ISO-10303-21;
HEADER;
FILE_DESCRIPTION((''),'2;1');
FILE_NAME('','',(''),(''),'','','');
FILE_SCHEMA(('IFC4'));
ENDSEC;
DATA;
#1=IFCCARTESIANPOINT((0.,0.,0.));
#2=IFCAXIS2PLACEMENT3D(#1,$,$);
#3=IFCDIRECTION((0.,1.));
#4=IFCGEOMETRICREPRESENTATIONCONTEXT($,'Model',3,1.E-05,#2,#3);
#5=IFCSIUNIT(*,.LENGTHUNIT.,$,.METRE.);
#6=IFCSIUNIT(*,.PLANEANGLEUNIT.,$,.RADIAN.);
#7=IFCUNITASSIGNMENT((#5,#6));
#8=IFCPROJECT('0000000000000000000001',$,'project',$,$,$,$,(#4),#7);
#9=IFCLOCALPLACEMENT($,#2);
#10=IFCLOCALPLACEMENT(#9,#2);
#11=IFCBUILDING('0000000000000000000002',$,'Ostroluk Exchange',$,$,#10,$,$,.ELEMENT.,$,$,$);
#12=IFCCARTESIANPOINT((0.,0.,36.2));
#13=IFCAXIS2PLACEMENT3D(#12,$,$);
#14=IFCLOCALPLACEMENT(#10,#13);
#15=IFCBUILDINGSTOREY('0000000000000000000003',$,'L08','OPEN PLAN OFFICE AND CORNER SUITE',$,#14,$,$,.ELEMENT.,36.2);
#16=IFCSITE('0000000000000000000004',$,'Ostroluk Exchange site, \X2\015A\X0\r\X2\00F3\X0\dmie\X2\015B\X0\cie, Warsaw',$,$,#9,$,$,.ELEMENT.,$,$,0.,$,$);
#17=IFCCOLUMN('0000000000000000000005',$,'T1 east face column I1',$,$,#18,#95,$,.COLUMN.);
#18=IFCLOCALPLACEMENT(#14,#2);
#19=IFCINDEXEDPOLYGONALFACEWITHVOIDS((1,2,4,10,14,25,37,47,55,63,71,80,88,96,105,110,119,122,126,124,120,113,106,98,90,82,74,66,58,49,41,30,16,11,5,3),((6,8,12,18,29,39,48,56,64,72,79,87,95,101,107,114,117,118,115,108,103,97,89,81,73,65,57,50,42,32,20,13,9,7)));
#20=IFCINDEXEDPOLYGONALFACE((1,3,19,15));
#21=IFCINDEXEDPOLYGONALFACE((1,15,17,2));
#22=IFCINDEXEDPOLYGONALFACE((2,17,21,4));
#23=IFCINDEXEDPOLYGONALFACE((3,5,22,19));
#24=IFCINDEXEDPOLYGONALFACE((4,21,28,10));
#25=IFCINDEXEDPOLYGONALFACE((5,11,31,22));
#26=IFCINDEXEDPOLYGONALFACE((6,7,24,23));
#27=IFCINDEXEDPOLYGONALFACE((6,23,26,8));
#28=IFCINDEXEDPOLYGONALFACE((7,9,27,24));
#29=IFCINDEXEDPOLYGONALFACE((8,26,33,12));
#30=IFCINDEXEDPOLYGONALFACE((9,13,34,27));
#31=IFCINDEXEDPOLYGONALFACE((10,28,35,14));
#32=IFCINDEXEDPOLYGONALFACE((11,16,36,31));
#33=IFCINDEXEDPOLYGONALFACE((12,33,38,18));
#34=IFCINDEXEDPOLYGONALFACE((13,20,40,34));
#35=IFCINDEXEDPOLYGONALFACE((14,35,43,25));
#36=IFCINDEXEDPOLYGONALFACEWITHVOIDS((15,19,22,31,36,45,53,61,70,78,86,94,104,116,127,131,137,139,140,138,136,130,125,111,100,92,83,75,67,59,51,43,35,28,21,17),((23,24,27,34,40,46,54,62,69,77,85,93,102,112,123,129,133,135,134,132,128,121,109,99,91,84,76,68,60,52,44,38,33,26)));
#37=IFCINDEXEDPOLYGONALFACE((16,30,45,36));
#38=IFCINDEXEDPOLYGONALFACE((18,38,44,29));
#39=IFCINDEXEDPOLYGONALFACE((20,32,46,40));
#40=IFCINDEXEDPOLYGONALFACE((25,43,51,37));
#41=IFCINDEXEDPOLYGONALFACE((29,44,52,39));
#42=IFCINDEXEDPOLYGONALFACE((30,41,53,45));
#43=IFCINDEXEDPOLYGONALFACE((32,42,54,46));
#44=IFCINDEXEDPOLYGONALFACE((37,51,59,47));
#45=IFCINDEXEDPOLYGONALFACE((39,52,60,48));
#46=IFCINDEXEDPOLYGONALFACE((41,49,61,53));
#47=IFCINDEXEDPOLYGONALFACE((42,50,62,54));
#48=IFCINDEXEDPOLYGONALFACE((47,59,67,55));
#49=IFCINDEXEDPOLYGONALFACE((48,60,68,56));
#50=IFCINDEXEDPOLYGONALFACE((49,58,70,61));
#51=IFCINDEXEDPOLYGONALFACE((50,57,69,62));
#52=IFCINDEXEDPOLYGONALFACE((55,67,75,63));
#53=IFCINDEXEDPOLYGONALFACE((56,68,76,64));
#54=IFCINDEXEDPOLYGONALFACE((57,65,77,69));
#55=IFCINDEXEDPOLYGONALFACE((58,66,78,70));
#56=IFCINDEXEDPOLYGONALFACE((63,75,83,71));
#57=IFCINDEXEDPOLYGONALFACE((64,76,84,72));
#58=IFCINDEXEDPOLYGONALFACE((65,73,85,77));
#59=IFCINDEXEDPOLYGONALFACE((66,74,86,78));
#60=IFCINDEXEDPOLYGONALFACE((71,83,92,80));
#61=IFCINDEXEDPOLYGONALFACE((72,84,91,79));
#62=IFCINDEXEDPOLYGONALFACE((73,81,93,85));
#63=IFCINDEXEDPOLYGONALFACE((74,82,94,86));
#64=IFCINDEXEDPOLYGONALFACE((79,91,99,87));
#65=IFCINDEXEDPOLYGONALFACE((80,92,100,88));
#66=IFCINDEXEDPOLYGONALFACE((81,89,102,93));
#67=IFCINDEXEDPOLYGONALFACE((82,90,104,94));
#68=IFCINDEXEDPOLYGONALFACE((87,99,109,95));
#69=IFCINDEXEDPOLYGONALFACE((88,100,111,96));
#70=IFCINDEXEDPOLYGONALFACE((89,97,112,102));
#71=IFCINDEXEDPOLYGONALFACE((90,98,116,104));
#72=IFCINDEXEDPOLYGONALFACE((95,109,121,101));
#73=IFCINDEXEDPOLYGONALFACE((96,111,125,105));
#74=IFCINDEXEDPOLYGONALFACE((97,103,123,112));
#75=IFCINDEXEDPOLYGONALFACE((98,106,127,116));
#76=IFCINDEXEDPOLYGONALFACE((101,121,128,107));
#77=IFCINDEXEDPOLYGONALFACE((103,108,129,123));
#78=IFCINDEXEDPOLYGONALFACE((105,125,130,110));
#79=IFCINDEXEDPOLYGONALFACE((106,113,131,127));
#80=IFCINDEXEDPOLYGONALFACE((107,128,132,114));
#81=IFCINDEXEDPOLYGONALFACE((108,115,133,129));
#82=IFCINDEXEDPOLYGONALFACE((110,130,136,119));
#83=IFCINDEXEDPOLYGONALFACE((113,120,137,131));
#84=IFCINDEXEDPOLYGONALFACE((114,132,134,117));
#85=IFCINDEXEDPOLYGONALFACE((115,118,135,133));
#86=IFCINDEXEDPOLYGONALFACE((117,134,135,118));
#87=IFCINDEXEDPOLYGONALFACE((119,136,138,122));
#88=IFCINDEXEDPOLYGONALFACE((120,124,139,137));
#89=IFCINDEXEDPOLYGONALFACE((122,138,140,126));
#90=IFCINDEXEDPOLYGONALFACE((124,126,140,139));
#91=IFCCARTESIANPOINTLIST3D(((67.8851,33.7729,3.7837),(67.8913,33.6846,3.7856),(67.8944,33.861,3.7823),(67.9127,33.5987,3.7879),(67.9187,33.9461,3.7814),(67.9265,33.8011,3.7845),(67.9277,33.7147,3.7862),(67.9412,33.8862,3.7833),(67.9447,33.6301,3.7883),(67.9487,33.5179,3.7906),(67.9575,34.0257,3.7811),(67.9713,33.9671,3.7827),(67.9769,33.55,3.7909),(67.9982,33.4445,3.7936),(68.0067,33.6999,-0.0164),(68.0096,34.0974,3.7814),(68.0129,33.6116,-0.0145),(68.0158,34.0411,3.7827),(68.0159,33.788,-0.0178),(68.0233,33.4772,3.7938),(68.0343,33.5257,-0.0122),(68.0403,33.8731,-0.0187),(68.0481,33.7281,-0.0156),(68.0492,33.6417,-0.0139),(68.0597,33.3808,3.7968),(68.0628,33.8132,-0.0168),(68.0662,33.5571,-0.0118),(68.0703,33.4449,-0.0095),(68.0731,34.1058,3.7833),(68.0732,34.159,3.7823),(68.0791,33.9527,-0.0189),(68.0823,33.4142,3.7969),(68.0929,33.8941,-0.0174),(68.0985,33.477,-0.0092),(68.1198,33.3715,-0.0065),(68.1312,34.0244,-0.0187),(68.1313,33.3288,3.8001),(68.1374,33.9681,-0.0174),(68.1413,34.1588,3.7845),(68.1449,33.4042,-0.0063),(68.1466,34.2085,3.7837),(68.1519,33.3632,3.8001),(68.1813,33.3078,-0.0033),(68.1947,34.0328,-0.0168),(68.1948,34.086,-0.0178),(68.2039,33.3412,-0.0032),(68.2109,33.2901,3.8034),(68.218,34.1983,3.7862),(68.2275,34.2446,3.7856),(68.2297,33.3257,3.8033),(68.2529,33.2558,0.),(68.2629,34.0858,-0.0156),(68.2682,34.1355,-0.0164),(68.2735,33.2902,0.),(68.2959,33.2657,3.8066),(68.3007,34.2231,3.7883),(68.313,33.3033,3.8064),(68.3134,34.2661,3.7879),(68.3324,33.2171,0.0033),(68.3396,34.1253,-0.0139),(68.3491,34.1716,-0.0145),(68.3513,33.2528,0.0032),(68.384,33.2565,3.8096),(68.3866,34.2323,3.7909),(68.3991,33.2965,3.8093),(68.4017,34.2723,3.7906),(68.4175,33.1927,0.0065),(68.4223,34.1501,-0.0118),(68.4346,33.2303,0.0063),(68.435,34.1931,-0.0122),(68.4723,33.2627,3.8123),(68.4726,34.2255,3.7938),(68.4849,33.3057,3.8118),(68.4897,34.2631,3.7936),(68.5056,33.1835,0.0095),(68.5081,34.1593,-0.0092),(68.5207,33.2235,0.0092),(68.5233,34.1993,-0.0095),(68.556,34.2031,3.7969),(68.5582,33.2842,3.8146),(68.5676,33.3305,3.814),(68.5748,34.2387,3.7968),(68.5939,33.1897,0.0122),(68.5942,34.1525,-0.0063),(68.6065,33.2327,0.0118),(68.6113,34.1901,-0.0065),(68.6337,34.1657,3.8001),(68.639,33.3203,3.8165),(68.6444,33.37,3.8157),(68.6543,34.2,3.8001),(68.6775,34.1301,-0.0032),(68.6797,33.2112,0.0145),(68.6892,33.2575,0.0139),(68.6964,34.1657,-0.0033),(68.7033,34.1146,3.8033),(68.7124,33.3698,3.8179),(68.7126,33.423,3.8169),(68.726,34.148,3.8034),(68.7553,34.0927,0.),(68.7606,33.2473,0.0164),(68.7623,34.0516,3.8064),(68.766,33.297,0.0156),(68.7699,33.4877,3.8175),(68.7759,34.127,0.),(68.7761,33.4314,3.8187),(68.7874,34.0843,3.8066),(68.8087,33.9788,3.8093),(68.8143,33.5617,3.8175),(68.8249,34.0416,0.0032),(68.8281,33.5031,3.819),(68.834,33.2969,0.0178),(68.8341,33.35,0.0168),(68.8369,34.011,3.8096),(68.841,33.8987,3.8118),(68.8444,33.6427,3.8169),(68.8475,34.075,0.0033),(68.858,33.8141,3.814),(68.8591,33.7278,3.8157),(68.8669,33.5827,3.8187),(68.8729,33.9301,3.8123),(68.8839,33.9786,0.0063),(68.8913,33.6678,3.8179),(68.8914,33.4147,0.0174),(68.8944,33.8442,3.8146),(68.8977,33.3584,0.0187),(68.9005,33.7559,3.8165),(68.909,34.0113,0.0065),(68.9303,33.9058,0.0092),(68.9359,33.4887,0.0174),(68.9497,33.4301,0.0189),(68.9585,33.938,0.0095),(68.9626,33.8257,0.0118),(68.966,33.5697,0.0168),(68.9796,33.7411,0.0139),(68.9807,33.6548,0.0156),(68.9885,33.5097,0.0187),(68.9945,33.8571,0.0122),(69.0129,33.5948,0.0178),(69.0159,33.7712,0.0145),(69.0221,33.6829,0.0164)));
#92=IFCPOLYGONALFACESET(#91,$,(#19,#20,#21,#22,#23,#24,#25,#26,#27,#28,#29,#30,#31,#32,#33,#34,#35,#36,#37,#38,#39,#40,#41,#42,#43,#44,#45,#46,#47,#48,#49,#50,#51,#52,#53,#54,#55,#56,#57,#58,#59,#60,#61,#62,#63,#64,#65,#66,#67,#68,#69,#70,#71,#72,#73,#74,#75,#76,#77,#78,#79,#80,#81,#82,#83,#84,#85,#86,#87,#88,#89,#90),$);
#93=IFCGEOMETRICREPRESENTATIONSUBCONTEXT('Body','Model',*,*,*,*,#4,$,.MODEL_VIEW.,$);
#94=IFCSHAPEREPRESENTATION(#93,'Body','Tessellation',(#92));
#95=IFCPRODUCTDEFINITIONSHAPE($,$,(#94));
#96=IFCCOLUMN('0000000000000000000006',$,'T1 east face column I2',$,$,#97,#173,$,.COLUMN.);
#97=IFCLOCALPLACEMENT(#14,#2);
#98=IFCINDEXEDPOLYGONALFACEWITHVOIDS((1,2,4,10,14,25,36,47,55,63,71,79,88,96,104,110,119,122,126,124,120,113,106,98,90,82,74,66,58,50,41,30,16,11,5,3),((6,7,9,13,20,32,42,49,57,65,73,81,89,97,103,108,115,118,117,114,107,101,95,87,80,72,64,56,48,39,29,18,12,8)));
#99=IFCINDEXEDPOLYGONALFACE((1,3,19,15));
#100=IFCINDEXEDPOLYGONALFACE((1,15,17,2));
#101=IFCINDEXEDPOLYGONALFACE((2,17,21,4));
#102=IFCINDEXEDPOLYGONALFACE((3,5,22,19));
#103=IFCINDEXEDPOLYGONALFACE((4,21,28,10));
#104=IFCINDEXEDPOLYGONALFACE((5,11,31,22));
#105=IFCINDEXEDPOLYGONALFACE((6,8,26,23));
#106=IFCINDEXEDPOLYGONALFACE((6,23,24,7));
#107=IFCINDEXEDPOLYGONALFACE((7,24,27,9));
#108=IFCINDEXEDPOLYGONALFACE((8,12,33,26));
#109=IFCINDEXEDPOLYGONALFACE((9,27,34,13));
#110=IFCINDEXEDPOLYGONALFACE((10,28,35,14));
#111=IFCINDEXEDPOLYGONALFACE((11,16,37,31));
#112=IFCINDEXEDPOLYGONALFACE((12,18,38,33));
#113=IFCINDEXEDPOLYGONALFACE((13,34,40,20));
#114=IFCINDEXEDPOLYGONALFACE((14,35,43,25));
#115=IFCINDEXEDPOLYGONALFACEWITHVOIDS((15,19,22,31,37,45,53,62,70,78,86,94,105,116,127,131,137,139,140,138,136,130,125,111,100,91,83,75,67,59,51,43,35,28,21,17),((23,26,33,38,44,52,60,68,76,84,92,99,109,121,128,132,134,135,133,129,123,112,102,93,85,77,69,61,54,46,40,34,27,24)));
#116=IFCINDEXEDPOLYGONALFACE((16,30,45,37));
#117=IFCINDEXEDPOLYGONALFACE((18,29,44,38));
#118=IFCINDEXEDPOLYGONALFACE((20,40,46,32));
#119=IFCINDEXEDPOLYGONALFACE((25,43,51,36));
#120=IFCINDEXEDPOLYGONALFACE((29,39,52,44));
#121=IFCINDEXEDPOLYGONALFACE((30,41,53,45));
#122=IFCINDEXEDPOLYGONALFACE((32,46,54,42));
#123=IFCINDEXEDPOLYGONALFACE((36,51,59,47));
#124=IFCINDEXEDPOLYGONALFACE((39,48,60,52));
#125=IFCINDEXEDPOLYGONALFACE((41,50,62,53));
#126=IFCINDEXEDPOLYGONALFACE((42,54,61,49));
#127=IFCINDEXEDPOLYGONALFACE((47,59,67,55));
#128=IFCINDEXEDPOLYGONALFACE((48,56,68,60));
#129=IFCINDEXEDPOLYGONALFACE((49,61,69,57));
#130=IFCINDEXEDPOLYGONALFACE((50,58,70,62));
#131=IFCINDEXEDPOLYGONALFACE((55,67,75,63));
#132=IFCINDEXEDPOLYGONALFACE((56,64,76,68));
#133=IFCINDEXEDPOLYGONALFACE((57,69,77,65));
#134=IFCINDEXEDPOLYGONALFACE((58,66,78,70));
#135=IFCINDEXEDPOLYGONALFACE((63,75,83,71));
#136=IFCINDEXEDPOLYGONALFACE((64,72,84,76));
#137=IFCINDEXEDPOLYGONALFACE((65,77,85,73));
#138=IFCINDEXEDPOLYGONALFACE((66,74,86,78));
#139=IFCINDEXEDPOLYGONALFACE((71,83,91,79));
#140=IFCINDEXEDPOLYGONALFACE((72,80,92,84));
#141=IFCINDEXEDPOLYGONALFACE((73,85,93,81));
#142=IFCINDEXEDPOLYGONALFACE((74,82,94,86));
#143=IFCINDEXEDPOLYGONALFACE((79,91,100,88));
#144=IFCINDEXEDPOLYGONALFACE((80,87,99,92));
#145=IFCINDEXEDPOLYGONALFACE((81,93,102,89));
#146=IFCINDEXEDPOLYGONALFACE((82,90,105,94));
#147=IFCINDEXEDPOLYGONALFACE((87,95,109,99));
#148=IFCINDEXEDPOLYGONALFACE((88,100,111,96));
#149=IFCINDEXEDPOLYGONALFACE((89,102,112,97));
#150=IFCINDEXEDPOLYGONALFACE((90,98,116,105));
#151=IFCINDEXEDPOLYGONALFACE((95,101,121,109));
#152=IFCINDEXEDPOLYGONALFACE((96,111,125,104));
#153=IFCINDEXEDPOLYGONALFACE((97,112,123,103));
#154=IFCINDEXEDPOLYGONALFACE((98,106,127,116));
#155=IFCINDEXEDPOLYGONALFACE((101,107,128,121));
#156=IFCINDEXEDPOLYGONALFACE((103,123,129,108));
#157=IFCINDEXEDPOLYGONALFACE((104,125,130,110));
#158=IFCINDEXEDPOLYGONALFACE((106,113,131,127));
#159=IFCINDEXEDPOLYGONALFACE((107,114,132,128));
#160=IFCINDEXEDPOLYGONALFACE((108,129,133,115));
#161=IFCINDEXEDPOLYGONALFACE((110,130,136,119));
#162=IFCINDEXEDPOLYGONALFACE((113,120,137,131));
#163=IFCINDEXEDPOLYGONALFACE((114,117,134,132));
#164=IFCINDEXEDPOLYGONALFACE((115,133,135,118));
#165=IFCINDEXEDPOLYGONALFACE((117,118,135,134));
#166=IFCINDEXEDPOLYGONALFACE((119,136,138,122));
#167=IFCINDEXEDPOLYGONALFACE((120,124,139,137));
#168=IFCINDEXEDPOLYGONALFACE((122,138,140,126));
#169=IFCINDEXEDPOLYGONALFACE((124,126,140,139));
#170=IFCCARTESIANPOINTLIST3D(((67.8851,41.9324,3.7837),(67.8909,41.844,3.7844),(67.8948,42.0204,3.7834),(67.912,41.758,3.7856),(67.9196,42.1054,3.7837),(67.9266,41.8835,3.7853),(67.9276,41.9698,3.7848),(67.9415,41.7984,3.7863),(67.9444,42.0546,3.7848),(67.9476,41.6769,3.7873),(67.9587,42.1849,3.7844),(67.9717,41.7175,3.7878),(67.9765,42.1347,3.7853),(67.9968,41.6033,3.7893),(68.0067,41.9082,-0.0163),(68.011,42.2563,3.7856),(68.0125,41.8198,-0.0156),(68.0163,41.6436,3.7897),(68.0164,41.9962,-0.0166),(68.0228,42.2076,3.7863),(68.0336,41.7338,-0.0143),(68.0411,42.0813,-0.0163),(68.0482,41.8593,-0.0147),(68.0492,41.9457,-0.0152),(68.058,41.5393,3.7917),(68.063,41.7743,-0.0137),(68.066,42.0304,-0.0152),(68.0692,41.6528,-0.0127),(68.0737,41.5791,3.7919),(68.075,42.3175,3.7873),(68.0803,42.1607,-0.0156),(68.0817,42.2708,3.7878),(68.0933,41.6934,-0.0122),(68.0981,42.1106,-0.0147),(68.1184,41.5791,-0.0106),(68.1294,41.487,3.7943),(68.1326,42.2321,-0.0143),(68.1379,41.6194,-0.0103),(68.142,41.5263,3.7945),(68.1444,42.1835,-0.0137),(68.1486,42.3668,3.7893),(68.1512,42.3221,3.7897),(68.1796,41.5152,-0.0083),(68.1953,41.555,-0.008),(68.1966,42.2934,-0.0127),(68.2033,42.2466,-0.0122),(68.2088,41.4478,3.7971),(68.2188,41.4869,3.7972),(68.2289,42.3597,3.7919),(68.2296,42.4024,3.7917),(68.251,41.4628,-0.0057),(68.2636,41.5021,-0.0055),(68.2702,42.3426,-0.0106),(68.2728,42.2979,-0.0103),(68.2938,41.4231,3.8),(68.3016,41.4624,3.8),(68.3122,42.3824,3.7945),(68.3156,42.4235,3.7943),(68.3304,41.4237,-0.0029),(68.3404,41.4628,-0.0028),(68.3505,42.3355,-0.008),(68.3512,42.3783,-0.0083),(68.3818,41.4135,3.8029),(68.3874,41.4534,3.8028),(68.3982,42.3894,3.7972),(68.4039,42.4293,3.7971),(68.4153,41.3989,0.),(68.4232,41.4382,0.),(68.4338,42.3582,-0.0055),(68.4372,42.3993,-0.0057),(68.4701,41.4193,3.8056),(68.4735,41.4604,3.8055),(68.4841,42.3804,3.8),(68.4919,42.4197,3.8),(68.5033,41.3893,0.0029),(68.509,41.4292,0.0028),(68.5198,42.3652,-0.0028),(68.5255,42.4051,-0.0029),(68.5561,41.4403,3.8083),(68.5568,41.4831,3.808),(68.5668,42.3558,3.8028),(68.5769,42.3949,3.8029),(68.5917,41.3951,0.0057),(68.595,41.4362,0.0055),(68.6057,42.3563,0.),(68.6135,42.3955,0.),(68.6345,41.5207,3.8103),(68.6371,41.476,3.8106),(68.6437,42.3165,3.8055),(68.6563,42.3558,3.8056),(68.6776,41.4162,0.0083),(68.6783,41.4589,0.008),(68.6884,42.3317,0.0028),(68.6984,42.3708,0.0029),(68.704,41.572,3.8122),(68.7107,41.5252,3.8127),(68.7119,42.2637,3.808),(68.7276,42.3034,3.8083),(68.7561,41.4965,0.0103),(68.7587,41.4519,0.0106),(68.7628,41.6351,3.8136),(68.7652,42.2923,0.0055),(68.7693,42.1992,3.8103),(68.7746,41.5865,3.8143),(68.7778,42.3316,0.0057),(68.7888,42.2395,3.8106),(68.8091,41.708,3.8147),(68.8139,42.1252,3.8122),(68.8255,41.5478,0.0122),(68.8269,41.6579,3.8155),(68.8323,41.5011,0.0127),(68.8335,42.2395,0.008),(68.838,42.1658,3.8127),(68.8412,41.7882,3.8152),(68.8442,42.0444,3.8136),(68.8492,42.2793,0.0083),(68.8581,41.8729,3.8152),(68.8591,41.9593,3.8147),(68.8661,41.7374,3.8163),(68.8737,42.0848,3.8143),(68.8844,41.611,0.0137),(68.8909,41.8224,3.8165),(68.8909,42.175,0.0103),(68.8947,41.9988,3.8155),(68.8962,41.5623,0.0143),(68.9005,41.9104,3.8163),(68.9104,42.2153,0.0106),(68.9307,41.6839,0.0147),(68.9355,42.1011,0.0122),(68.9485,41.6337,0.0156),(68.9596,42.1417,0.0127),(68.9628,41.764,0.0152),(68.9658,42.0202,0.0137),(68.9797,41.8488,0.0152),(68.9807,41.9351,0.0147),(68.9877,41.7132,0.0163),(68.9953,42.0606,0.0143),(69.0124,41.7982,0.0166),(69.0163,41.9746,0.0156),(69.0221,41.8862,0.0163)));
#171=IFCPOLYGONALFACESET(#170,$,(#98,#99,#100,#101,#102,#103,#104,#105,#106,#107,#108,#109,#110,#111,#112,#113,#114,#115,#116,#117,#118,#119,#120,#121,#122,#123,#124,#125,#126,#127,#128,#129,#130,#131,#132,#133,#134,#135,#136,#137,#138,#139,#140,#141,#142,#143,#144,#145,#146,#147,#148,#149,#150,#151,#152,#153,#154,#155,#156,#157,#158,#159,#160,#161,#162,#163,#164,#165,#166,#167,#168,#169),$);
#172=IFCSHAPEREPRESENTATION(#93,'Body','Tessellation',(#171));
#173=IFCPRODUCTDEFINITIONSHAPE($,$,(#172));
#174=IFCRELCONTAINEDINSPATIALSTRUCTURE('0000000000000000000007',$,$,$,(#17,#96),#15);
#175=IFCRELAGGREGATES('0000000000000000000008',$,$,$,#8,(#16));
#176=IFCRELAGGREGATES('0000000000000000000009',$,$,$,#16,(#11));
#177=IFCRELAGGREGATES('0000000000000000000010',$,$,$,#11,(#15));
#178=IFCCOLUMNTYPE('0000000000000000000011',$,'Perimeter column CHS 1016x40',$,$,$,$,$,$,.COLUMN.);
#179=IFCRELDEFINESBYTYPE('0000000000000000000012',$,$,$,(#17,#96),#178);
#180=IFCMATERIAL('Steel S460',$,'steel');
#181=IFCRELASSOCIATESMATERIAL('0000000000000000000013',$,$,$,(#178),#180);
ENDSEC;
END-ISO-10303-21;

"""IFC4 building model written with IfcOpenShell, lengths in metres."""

from ifc_helpers import new_model, si_unit, direction, frame, origin, origin_2d, place, context, subcontext, project, spatial, hollow_circle, extrude, material, material_profile, profile_set, type_object, element, save


model = new_model("IFC4")

# Units and contexts
model_context = context("Model", 3, precision=1e-05, world=origin(), true_north=direction((0.0, 1.0)))
body_context = subcontext(model_context, "Body", "Model", "MODEL_VIEW")
ifc_project = project(units=[si_unit("LENGTHUNIT", "METRE"), si_unit("PLANEANGLEUNIT", "RADIAN")], contexts=[model_context])

# Site, building, storey
site_placement = place(None, origin())
site = spatial("IfcSite", under=ifc_project, at=site_placement, Name="Ostroluk Exchange site, Śródmieście, Warsaw", CompositionType="ELEMENT", RefElevation=0.0)
building_placement = place(site_placement, origin())
building = spatial("IfcBuilding", under=site, at=building_placement, Name="Ostroluk Exchange", CompositionType="ELEMENT")
storey_placement = place(building_placement, frame((0.0, 0.0, 36.2)))
storey = spatial("IfcBuildingStorey", under=building, at=storey_placement, Name="L08", Description="OPEN PLAN OFFICE AND CORNER SUITE", CompositionType="ELEMENT", Elevation=36.2)

# Columns
ifc_material_1 = material(Name="Steel S460", Category="steel")
ifc_material_profile_1 = material_profile(ifc_material_1, hollow_circle(Radius=0.5081, WallThickness=0.04, at=origin_2d()), Name="CHS 1016x40")
ifc_profile_set_1 = profile_set([ifc_material_profile_1], Name="Steel S460")
column_type_1 = type_object("IfcColumnType", Name="Perimeter column CHS 1016x40", PredefinedType="COLUMN", material=ifc_profile_set_1)
column_1_placement = place(storey_placement, frame((68.5144, 33.6914, 0.0), z_axis=(-0.031973, 0.019196, 0.999304), x_axis=(-0.514749, -0.857341, 0.0)))
element("IfcColumn", 1, at=column_1_placement, inside=storey, type_object=column_type_1, Name="T1 east face column I1", PredefinedType="COLUMN", context=body_context, shape_type="SweptSolid", body=[
    extrude(hollow_circle(Radius=0.5081, WallThickness=0.04, at=origin_2d()), origin(), (0.0, 0.0, 1.0), 3.8027),
])
column_2_placement = place(storey_placement, frame((68.5144, 41.8972, 0.0), z_axis=(-0.031978, 0.006357, 0.999468), x_axis=(-0.19498, -0.980807, 0.0)))
element("IfcColumn", 2, at=column_2_placement, inside=storey, type_object=column_type_1, Name="T1 east face column I2", PredefinedType="COLUMN", context=body_context, shape_type="SweptSolid", body=[
    extrude(hollow_circle(Radius=0.5081, WallThickness=0.04, at=origin_2d()), origin(), (0.0, 0.0, 1.0), 3.802),
])

save(model, "model.ifc")
